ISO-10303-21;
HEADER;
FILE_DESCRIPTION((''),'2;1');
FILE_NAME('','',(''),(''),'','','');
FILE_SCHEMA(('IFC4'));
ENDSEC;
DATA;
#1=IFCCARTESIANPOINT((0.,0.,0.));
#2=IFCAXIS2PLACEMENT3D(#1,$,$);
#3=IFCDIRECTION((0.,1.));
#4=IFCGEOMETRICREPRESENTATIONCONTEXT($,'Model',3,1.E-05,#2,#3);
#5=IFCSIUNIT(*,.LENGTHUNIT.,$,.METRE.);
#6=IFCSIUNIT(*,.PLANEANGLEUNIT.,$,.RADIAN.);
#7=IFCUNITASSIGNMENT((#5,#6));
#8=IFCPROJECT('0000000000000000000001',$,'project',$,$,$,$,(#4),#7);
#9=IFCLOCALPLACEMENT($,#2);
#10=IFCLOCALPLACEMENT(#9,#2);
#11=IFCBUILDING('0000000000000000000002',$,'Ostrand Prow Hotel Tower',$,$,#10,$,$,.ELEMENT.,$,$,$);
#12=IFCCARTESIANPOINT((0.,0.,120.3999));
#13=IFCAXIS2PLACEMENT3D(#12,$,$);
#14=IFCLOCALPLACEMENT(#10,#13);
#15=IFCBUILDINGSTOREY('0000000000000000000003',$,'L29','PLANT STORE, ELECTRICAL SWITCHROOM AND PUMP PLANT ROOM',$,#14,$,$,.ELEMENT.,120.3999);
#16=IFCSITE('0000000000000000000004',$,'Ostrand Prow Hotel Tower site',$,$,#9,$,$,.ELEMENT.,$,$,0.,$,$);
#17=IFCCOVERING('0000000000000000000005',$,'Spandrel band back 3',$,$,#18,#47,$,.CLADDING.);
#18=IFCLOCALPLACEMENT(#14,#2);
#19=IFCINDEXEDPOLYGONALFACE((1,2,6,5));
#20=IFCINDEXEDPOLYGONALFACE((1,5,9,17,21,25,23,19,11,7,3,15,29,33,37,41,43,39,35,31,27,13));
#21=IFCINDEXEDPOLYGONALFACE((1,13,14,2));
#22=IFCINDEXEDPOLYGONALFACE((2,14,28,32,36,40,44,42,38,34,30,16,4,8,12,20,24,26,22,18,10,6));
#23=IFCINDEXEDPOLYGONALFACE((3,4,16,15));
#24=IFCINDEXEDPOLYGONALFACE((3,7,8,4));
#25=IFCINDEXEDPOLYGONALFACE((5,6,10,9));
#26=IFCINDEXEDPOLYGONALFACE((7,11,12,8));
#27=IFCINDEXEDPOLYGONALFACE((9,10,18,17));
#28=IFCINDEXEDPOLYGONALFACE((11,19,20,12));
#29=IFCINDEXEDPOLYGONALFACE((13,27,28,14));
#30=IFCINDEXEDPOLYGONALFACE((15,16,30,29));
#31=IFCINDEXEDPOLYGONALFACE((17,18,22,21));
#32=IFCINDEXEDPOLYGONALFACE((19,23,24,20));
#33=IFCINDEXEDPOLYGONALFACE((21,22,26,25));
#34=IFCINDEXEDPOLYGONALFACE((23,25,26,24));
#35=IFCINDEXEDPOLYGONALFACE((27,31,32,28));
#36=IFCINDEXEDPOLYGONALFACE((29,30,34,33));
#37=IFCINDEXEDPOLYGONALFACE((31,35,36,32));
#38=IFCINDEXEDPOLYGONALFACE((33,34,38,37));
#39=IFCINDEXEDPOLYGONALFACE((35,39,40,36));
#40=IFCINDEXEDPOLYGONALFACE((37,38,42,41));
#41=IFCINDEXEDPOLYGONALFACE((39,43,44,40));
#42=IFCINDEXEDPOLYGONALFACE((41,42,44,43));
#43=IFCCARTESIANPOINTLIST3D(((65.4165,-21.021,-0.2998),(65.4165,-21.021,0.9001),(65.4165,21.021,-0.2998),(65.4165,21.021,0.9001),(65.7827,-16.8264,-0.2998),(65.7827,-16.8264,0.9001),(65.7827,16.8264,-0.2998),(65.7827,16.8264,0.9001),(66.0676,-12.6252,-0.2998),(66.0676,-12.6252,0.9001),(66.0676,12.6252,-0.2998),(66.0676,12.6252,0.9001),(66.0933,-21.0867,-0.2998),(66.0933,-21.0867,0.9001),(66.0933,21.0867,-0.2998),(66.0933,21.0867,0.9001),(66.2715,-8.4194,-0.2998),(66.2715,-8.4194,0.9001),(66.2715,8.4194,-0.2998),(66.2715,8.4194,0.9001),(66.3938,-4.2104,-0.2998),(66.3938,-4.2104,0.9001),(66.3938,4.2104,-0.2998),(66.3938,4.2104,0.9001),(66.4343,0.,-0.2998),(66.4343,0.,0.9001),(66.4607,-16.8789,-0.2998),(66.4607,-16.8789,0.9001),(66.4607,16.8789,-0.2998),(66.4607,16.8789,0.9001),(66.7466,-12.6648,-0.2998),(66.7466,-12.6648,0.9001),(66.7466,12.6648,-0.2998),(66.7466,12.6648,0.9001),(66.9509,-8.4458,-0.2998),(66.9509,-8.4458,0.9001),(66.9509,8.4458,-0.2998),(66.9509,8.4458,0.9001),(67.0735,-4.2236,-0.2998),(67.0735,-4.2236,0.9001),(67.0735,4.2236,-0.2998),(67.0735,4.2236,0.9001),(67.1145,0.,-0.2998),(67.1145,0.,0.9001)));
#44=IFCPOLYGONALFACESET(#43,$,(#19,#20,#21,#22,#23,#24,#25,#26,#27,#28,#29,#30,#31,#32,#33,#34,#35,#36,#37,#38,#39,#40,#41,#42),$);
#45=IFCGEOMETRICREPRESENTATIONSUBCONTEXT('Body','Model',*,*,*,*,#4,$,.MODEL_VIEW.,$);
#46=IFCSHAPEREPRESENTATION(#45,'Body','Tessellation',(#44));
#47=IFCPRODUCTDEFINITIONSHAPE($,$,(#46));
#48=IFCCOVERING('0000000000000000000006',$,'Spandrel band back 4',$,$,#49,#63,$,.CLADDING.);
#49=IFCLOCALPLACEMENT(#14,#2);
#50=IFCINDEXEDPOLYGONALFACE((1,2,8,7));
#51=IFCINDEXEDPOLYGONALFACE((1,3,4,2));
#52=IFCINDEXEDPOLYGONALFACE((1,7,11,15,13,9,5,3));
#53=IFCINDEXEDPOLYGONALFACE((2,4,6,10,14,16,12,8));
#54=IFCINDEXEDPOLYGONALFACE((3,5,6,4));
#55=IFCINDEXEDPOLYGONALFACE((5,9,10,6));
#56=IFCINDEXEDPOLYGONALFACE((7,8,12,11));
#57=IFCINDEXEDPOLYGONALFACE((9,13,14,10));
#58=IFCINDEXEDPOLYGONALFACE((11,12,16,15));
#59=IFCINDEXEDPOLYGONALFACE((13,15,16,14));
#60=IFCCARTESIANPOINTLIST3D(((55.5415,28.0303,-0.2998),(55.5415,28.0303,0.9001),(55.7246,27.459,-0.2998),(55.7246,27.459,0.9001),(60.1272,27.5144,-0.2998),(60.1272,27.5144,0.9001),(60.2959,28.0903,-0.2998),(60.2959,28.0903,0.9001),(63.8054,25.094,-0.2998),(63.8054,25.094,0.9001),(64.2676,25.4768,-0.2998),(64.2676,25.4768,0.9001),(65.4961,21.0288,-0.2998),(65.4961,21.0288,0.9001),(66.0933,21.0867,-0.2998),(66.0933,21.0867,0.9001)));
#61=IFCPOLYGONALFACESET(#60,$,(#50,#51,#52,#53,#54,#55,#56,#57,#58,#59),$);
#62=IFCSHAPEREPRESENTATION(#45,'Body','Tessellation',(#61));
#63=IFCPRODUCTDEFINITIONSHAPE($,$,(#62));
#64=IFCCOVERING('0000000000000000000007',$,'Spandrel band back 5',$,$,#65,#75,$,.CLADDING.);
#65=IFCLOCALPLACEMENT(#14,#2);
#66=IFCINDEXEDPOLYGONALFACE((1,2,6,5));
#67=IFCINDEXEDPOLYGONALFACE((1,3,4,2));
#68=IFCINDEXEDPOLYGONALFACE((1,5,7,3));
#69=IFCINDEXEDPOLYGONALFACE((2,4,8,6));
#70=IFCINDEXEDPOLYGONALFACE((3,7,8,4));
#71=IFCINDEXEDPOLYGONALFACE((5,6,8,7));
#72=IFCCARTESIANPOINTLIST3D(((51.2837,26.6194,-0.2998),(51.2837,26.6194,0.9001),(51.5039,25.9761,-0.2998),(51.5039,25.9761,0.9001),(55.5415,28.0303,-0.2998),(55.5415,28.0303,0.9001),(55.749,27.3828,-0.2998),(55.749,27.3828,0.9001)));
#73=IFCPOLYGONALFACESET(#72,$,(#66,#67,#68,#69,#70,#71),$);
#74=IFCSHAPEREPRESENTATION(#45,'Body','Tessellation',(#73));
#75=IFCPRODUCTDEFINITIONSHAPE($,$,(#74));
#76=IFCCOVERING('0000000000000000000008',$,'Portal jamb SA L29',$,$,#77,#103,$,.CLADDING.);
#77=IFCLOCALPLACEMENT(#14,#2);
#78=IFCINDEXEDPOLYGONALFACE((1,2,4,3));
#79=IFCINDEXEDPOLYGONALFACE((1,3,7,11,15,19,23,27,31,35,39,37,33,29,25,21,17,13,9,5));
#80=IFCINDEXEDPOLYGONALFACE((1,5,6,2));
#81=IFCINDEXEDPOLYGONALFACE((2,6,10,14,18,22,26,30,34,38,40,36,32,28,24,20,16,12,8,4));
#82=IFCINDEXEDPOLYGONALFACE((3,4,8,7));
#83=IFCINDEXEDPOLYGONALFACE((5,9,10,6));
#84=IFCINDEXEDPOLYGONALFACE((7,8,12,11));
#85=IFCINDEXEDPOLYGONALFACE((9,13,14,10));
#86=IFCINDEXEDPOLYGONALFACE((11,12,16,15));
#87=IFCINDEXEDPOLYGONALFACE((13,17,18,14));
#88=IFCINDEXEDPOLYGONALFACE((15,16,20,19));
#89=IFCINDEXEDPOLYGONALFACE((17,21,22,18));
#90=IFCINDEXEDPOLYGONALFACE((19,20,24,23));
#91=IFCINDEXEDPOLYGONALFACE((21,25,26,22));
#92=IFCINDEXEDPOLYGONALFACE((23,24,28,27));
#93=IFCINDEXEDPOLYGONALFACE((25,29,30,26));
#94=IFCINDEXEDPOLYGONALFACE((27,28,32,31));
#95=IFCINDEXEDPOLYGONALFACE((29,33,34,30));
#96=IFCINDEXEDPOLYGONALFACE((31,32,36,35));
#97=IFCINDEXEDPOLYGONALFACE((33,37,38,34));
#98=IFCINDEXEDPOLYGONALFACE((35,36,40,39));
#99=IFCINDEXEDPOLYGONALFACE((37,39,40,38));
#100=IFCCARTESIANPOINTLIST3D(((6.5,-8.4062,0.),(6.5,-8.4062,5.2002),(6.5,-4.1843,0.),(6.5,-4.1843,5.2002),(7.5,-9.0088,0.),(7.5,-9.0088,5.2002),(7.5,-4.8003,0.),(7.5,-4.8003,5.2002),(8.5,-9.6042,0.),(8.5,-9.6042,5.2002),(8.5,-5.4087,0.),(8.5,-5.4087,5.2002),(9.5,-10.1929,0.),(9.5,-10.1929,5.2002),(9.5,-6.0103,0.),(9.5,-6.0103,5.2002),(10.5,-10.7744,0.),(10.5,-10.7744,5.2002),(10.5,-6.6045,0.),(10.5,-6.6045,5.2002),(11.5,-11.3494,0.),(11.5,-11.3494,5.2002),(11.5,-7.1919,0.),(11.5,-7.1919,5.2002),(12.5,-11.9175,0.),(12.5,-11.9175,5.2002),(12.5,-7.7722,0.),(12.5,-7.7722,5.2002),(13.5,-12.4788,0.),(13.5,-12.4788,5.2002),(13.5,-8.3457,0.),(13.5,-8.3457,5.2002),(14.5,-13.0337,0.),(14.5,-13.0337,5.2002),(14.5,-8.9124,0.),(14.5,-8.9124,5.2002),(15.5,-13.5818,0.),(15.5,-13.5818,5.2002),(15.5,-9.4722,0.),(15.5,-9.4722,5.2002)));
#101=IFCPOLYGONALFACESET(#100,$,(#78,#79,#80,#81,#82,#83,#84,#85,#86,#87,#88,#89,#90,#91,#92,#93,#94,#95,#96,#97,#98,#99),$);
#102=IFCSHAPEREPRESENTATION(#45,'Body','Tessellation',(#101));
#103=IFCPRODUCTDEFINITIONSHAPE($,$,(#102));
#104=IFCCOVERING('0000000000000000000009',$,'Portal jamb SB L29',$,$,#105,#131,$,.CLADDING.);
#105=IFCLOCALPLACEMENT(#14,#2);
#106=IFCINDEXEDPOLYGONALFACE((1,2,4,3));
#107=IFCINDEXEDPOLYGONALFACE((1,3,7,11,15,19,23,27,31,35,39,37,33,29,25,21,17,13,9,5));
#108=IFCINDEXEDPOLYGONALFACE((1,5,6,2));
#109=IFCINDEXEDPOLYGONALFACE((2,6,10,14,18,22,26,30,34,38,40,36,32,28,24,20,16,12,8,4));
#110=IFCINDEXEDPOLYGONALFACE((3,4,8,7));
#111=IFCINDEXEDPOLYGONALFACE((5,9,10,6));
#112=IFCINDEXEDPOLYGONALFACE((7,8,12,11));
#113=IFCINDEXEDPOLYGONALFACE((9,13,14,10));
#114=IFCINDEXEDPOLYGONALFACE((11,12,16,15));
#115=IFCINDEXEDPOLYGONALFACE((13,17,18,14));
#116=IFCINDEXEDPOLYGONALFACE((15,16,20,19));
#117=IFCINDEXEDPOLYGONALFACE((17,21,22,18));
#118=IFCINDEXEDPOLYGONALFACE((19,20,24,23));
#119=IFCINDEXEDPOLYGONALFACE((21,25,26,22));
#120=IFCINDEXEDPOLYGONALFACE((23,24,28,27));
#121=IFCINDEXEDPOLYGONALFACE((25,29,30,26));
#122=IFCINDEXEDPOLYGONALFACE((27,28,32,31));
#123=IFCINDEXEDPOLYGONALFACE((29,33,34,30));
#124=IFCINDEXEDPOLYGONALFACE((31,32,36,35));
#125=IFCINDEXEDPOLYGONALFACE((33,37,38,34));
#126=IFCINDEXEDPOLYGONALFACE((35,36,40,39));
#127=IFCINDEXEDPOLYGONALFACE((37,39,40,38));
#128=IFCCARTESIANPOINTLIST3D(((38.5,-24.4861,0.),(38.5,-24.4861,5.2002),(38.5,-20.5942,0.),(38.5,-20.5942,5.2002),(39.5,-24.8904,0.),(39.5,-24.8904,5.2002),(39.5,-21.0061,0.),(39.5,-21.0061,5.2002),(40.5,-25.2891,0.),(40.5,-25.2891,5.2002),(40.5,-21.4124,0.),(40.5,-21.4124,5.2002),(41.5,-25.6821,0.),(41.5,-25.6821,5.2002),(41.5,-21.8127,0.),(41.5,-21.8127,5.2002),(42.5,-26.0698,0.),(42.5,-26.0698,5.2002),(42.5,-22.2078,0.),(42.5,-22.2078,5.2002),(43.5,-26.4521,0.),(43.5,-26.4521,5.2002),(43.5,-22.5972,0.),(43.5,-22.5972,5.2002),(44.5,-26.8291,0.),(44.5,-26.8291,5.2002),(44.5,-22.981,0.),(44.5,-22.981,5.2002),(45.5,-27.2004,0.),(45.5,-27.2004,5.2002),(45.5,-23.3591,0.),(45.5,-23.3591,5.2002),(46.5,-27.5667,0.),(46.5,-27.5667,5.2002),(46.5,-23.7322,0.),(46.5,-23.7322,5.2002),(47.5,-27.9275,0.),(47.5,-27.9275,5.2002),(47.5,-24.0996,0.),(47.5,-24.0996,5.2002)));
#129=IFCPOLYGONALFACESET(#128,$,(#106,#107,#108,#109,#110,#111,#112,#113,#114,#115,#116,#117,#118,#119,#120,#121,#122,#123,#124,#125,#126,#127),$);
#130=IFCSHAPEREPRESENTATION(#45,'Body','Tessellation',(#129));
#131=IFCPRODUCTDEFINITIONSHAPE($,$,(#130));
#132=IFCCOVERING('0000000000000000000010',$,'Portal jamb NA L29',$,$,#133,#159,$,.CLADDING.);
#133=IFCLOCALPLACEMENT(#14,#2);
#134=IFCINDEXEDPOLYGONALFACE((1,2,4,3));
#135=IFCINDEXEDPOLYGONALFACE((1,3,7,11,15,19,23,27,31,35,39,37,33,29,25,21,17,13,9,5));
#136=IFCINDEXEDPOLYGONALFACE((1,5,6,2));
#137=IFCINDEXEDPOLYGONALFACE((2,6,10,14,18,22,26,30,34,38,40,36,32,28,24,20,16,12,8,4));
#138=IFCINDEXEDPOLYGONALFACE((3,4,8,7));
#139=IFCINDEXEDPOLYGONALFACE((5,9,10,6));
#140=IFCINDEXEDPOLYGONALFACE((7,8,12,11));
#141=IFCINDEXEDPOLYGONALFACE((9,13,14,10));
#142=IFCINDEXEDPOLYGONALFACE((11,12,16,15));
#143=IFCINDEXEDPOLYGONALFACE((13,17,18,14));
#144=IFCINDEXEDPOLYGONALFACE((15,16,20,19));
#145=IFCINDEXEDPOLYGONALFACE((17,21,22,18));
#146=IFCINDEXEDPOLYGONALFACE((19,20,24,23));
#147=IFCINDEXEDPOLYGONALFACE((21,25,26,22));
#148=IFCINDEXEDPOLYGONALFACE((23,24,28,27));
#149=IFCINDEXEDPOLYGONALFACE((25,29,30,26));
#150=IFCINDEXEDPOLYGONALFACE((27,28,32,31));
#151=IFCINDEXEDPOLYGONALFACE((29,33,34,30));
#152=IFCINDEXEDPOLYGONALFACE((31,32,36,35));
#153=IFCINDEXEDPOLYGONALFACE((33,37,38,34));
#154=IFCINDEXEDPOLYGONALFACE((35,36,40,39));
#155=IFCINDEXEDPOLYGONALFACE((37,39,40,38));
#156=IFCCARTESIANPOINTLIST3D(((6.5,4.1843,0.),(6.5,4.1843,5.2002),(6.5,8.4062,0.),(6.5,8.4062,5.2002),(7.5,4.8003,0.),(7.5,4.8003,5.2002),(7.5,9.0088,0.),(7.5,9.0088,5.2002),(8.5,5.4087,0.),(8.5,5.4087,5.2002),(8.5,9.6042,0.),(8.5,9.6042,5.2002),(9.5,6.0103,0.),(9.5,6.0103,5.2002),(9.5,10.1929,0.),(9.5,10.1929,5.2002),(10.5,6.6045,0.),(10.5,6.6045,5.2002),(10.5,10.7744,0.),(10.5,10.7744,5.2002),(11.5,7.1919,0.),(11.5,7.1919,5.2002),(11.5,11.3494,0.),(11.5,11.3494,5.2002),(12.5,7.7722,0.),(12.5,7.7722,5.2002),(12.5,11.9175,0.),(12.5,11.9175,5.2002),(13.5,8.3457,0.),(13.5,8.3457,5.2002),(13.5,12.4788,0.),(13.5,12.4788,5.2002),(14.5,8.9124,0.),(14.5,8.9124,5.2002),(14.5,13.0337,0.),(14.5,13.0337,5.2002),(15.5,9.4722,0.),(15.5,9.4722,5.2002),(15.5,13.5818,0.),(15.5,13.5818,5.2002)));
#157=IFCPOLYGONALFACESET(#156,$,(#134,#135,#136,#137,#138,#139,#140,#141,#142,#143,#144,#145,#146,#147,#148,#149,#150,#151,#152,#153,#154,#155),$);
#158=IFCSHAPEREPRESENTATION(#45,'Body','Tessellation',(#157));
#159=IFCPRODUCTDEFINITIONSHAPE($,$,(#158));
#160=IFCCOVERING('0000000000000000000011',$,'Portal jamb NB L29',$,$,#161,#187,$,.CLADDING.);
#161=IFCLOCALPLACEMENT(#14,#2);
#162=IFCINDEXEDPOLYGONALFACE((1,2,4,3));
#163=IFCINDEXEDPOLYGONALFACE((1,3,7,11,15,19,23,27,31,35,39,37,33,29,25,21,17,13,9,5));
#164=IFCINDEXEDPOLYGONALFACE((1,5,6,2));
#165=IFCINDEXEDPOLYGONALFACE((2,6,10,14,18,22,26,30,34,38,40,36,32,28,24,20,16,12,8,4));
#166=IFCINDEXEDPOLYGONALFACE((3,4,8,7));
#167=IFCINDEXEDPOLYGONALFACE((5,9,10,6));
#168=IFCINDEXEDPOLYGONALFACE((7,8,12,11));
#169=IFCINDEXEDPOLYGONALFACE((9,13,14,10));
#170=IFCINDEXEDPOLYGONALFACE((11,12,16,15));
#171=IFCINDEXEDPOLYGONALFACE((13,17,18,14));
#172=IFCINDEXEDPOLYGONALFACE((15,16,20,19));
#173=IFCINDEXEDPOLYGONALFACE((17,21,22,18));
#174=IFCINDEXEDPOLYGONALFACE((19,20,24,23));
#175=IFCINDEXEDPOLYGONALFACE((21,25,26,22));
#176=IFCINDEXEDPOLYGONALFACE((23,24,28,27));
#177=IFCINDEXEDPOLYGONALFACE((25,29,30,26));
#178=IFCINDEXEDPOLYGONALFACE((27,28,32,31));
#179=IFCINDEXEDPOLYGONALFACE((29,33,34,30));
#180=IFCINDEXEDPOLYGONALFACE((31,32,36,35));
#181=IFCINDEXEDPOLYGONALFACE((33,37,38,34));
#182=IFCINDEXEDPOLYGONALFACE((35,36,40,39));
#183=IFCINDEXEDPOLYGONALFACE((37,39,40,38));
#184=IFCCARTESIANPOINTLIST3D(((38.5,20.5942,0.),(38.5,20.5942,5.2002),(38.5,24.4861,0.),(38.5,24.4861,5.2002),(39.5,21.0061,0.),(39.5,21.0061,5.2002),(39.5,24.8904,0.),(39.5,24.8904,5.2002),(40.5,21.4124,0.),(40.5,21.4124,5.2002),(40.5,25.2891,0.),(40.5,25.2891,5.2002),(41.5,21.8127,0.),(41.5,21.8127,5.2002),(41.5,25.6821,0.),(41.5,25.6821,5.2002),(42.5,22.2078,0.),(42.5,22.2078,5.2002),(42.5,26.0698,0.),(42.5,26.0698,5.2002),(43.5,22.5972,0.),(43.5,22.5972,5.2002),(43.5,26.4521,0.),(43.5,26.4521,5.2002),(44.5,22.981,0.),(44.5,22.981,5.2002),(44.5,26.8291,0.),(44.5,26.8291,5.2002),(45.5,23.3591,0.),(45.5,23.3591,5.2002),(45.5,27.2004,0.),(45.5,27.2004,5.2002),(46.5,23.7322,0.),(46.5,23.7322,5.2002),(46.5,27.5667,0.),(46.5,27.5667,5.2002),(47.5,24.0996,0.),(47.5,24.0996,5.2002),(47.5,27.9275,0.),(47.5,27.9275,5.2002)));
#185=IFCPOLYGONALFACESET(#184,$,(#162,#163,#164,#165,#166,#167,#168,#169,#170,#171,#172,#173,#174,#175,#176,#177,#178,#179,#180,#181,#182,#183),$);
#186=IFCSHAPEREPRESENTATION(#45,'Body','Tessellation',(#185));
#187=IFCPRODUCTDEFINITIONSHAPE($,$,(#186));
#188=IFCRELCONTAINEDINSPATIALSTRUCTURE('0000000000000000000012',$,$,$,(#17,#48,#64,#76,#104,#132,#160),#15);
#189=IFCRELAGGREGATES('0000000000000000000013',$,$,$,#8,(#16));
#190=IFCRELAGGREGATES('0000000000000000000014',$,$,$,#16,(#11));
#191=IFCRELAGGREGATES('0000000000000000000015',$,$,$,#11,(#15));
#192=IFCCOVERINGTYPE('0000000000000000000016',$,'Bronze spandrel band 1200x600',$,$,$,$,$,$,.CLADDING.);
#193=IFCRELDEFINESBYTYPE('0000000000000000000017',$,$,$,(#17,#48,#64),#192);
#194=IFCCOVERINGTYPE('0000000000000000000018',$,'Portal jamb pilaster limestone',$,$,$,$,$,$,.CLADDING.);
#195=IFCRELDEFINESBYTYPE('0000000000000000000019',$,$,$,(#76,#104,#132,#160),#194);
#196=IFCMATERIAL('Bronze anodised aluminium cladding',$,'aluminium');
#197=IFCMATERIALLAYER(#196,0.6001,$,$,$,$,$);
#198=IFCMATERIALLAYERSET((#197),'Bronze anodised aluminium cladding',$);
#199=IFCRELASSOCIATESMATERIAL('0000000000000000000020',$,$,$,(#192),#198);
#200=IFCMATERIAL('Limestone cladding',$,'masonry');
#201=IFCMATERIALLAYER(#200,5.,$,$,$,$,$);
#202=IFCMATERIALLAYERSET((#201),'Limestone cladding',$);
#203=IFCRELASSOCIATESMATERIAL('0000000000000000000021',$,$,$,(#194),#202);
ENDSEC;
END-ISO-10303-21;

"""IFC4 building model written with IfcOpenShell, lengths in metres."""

from ifc_helpers import new_model, si_unit, direction, frame, origin, place, context, subcontext, project, spatial, polyline, outline, extrude, material, layer, layer_set, type_object, element, save


model = new_model("IFC4")

# Units and contexts
model_context = context("Model", 3, precision=1e-05, world=origin(), true_north=direction((0.0, 1.0)))
body_context = subcontext(model_context, "Body", "Model", "MODEL_VIEW")
ifc_project = project(units=[si_unit("LENGTHUNIT", "METRE"), si_unit("PLANEANGLEUNIT", "RADIAN")], contexts=[model_context])

# Site, building, storey
site_placement = place(None, origin())
site = spatial("IfcSite", under=ifc_project, at=site_placement, Name="Ostrand Prow Hotel Tower site", CompositionType="ELEMENT", RefElevation=0.0)
building_placement = place(site_placement, origin())
building = spatial("IfcBuilding", under=site, at=building_placement, Name="Ostrand Prow Hotel Tower", CompositionType="ELEMENT")
storey_placement = place(building_placement, frame((0.0, 0.0, 120.3999)))
storey = spatial("IfcBuildingStorey", under=building, at=storey_placement, Name="L29", Description="PLANT STORE, ELECTRICAL SWITCHROOM AND PUMP PLANT ROOM", CompositionType="ELEMENT", Elevation=120.3999)

# Coverings
ifc_material_1 = material(Name="Bronze anodised aluminium cladding", Category="aluminium")
ifc_layer_1 = layer(ifc_material_1, 0.6001)
ifc_layer_set_1 = layer_set([ifc_layer_1], Name="Bronze anodised aluminium cladding")
covering_type_1 = type_object("IfcCoveringType", Name="Bronze spandrel band 1200x600", PredefinedType="CLADDING", material=ifc_layer_set_1)
covering_1_placement = place(storey_placement, frame((0.0, 0.0, -0.2998)))
element("IfcCovering", 1, at=covering_1_placement, inside=storey, type_object=covering_type_1, Name="Spandrel band back 3", PredefinedType="CLADDING", context=body_context, shape_type="SweptSolid", body=[
    extrude(outline(polyline([(66.0933, -21.0867), (66.4607, -16.8789), (66.7466, -12.6648), (66.9509, -8.4458), (67.0735, -4.2236), (67.1145, 0.0), (67.0735, 4.2236), (66.9509, 8.4458), (66.7466, 12.6648), (66.4607, 16.8789), (66.0933, 21.0867), (65.4165, 21.021), (65.7827, 16.8264), (66.0676, 12.6252), (66.2715, 8.4194), (66.3938, 4.2104), (66.4343, 0.0), (66.3938, -4.2104), (66.2715, -8.4194), (66.0676, -12.6252), (65.7827, -16.8264), (65.4165, -21.021), (66.0933, -21.0867)])), origin(), (0.0, 0.0, 1.0), 1.2),
])
covering_2_placement = place(storey_placement, frame((0.0, 0.0, -0.2998)))
element("IfcCovering", 2, at=covering_2_placement, inside=storey, type_object=covering_type_1, Name="Spandrel band back 4", PredefinedType="CLADDING", context=body_context, shape_type="SweptSolid", body=[
    extrude(outline(polyline([(66.0933, 21.0867), (64.2676, 25.4768), (60.2959, 28.0903), (55.5415, 28.0303), (55.7246, 27.459), (60.1272, 27.5144), (63.8054, 25.094), (65.4961, 21.0288), (66.0933, 21.0867)])), origin(), (0.0, 0.0, 1.0), 1.2),
])
covering_3_placement = place(storey_placement, frame((0.0, 0.0, -0.2998)))
element("IfcCovering", 3, at=covering_3_placement, inside=storey, type_object=covering_type_1, Name="Spandrel band back 5", PredefinedType="CLADDING", context=body_context, shape_type="SweptSolid", body=[
    extrude(outline(polyline([(55.5415, 28.0303), (51.2837, 26.6194), (51.5039, 25.9761), (55.749, 27.3828), (55.5415, 28.0303)])), origin(), (0.0, 0.0, 1.0), 1.2),
])
ifc_material_2 = material(Name="Limestone cladding", Category="masonry")
ifc_layer_2 = layer(ifc_material_2, 5.0)
ifc_layer_set_2 = layer_set([ifc_layer_2], Name="Limestone cladding")
covering_type_2 = type_object("IfcCoveringType", Name="Portal jamb pilaster limestone", PredefinedType="CLADDING", material=ifc_layer_set_2)
covering_4_placement = place(storey_placement, origin())
element("IfcCovering", 4, at=covering_4_placement, inside=storey, type_object=covering_type_2, Name="Portal jamb SA L29", PredefinedType="CLADDING", context=body_context, shape_type="SweptSolid", body=[
    extrude(outline(polyline([(6.5, -4.1843), (6.5, -8.4062), (7.5, -9.0088), (8.5, -9.6042), (9.5, -10.1929), (10.5, -10.7744), (11.5, -11.3494), (12.5, -11.9175), (13.5, -12.4788), (14.5, -13.0337), (15.5, -13.5818), (15.5, -9.4722), (14.5, -8.9124), (13.5, -8.3457), (12.5, -7.7722), (11.5, -7.1919), (10.5, -6.6045), (9.5, -6.0103), (8.5, -5.4087), (7.5, -4.8003), (6.5, -4.1843)])), origin(), (0.0, 0.0, 1.0), 5.2002),
])
covering_5_placement = place(storey_placement, origin())
element("IfcCovering", 5, at=covering_5_placement, inside=storey, type_object=covering_type_2, Name="Portal jamb SB L29", PredefinedType="CLADDING", context=body_context, shape_type="SweptSolid", body=[
    extrude(outline(polyline([(38.5, -20.5942), (38.5, -24.4861), (39.5, -24.8904), (40.5, -25.2891), (41.5, -25.6821), (42.5, -26.0698), (43.5, -26.4521), (44.5, -26.8291), (45.5, -27.2004), (46.5, -27.5667), (47.5, -27.9275), (47.5, -24.0996), (46.5, -23.7322), (45.5, -23.3591), (44.5, -22.981), (43.5, -22.5972), (42.5, -22.2078), (41.5, -21.8127), (40.5, -21.4124), (39.5, -21.0061), (38.5, -20.5942)])), origin(), (0.0, 0.0, 1.0), 5.2002),
])
covering_6_placement = place(storey_placement, origin())
element("IfcCovering", 6, at=covering_6_placement, inside=storey, type_object=covering_type_2, Name="Portal jamb NA L29", PredefinedType="CLADDING", context=body_context, shape_type="SweptSolid", body=[
    extrude(outline(polyline([(6.5, 4.1843), (7.5, 4.8003), (8.5, 5.4087), (9.5, 6.0103), (10.5, 6.6045), (11.5, 7.1919), (12.5, 7.7722), (13.5, 8.3457), (14.5, 8.9124), (15.5, 9.4722), (15.5, 13.5818), (14.5, 13.0337), (13.5, 12.4788), (12.5, 11.9175), (11.5, 11.3494), (10.5, 10.7744), (9.5, 10.1929), (8.5, 9.6042), (7.5, 9.0088), (6.5, 8.4062), (6.5, 4.1843)])), origin(), (0.0, 0.0, 1.0), 5.2002),
])
covering_7_placement = place(storey_placement, origin())
element("IfcCovering", 7, at=covering_7_placement, inside=storey, type_object=covering_type_2, Name="Portal jamb NB L29", PredefinedType="CLADDING", context=body_context, shape_type="SweptSolid", body=[
    extrude(outline(polyline([(38.5, 20.5942), (39.5, 21.0061), (40.5, 21.4124), (41.5, 21.8127), (42.5, 22.2078), (43.5, 22.5972), (44.5, 22.981), (45.5, 23.3591), (46.5, 23.7322), (47.5, 24.0996), (47.5, 27.9275), (46.5, 27.5667), (45.5, 27.2004), (44.5, 26.8291), (43.5, 26.4521), (42.5, 26.0698), (41.5, 25.6821), (40.5, 25.2891), (39.5, 24.8904), (38.5, 24.4861), (38.5, 20.5942)])), origin(), (0.0, 0.0, 1.0), 5.2002),
])

save(model, "model.ifc")
